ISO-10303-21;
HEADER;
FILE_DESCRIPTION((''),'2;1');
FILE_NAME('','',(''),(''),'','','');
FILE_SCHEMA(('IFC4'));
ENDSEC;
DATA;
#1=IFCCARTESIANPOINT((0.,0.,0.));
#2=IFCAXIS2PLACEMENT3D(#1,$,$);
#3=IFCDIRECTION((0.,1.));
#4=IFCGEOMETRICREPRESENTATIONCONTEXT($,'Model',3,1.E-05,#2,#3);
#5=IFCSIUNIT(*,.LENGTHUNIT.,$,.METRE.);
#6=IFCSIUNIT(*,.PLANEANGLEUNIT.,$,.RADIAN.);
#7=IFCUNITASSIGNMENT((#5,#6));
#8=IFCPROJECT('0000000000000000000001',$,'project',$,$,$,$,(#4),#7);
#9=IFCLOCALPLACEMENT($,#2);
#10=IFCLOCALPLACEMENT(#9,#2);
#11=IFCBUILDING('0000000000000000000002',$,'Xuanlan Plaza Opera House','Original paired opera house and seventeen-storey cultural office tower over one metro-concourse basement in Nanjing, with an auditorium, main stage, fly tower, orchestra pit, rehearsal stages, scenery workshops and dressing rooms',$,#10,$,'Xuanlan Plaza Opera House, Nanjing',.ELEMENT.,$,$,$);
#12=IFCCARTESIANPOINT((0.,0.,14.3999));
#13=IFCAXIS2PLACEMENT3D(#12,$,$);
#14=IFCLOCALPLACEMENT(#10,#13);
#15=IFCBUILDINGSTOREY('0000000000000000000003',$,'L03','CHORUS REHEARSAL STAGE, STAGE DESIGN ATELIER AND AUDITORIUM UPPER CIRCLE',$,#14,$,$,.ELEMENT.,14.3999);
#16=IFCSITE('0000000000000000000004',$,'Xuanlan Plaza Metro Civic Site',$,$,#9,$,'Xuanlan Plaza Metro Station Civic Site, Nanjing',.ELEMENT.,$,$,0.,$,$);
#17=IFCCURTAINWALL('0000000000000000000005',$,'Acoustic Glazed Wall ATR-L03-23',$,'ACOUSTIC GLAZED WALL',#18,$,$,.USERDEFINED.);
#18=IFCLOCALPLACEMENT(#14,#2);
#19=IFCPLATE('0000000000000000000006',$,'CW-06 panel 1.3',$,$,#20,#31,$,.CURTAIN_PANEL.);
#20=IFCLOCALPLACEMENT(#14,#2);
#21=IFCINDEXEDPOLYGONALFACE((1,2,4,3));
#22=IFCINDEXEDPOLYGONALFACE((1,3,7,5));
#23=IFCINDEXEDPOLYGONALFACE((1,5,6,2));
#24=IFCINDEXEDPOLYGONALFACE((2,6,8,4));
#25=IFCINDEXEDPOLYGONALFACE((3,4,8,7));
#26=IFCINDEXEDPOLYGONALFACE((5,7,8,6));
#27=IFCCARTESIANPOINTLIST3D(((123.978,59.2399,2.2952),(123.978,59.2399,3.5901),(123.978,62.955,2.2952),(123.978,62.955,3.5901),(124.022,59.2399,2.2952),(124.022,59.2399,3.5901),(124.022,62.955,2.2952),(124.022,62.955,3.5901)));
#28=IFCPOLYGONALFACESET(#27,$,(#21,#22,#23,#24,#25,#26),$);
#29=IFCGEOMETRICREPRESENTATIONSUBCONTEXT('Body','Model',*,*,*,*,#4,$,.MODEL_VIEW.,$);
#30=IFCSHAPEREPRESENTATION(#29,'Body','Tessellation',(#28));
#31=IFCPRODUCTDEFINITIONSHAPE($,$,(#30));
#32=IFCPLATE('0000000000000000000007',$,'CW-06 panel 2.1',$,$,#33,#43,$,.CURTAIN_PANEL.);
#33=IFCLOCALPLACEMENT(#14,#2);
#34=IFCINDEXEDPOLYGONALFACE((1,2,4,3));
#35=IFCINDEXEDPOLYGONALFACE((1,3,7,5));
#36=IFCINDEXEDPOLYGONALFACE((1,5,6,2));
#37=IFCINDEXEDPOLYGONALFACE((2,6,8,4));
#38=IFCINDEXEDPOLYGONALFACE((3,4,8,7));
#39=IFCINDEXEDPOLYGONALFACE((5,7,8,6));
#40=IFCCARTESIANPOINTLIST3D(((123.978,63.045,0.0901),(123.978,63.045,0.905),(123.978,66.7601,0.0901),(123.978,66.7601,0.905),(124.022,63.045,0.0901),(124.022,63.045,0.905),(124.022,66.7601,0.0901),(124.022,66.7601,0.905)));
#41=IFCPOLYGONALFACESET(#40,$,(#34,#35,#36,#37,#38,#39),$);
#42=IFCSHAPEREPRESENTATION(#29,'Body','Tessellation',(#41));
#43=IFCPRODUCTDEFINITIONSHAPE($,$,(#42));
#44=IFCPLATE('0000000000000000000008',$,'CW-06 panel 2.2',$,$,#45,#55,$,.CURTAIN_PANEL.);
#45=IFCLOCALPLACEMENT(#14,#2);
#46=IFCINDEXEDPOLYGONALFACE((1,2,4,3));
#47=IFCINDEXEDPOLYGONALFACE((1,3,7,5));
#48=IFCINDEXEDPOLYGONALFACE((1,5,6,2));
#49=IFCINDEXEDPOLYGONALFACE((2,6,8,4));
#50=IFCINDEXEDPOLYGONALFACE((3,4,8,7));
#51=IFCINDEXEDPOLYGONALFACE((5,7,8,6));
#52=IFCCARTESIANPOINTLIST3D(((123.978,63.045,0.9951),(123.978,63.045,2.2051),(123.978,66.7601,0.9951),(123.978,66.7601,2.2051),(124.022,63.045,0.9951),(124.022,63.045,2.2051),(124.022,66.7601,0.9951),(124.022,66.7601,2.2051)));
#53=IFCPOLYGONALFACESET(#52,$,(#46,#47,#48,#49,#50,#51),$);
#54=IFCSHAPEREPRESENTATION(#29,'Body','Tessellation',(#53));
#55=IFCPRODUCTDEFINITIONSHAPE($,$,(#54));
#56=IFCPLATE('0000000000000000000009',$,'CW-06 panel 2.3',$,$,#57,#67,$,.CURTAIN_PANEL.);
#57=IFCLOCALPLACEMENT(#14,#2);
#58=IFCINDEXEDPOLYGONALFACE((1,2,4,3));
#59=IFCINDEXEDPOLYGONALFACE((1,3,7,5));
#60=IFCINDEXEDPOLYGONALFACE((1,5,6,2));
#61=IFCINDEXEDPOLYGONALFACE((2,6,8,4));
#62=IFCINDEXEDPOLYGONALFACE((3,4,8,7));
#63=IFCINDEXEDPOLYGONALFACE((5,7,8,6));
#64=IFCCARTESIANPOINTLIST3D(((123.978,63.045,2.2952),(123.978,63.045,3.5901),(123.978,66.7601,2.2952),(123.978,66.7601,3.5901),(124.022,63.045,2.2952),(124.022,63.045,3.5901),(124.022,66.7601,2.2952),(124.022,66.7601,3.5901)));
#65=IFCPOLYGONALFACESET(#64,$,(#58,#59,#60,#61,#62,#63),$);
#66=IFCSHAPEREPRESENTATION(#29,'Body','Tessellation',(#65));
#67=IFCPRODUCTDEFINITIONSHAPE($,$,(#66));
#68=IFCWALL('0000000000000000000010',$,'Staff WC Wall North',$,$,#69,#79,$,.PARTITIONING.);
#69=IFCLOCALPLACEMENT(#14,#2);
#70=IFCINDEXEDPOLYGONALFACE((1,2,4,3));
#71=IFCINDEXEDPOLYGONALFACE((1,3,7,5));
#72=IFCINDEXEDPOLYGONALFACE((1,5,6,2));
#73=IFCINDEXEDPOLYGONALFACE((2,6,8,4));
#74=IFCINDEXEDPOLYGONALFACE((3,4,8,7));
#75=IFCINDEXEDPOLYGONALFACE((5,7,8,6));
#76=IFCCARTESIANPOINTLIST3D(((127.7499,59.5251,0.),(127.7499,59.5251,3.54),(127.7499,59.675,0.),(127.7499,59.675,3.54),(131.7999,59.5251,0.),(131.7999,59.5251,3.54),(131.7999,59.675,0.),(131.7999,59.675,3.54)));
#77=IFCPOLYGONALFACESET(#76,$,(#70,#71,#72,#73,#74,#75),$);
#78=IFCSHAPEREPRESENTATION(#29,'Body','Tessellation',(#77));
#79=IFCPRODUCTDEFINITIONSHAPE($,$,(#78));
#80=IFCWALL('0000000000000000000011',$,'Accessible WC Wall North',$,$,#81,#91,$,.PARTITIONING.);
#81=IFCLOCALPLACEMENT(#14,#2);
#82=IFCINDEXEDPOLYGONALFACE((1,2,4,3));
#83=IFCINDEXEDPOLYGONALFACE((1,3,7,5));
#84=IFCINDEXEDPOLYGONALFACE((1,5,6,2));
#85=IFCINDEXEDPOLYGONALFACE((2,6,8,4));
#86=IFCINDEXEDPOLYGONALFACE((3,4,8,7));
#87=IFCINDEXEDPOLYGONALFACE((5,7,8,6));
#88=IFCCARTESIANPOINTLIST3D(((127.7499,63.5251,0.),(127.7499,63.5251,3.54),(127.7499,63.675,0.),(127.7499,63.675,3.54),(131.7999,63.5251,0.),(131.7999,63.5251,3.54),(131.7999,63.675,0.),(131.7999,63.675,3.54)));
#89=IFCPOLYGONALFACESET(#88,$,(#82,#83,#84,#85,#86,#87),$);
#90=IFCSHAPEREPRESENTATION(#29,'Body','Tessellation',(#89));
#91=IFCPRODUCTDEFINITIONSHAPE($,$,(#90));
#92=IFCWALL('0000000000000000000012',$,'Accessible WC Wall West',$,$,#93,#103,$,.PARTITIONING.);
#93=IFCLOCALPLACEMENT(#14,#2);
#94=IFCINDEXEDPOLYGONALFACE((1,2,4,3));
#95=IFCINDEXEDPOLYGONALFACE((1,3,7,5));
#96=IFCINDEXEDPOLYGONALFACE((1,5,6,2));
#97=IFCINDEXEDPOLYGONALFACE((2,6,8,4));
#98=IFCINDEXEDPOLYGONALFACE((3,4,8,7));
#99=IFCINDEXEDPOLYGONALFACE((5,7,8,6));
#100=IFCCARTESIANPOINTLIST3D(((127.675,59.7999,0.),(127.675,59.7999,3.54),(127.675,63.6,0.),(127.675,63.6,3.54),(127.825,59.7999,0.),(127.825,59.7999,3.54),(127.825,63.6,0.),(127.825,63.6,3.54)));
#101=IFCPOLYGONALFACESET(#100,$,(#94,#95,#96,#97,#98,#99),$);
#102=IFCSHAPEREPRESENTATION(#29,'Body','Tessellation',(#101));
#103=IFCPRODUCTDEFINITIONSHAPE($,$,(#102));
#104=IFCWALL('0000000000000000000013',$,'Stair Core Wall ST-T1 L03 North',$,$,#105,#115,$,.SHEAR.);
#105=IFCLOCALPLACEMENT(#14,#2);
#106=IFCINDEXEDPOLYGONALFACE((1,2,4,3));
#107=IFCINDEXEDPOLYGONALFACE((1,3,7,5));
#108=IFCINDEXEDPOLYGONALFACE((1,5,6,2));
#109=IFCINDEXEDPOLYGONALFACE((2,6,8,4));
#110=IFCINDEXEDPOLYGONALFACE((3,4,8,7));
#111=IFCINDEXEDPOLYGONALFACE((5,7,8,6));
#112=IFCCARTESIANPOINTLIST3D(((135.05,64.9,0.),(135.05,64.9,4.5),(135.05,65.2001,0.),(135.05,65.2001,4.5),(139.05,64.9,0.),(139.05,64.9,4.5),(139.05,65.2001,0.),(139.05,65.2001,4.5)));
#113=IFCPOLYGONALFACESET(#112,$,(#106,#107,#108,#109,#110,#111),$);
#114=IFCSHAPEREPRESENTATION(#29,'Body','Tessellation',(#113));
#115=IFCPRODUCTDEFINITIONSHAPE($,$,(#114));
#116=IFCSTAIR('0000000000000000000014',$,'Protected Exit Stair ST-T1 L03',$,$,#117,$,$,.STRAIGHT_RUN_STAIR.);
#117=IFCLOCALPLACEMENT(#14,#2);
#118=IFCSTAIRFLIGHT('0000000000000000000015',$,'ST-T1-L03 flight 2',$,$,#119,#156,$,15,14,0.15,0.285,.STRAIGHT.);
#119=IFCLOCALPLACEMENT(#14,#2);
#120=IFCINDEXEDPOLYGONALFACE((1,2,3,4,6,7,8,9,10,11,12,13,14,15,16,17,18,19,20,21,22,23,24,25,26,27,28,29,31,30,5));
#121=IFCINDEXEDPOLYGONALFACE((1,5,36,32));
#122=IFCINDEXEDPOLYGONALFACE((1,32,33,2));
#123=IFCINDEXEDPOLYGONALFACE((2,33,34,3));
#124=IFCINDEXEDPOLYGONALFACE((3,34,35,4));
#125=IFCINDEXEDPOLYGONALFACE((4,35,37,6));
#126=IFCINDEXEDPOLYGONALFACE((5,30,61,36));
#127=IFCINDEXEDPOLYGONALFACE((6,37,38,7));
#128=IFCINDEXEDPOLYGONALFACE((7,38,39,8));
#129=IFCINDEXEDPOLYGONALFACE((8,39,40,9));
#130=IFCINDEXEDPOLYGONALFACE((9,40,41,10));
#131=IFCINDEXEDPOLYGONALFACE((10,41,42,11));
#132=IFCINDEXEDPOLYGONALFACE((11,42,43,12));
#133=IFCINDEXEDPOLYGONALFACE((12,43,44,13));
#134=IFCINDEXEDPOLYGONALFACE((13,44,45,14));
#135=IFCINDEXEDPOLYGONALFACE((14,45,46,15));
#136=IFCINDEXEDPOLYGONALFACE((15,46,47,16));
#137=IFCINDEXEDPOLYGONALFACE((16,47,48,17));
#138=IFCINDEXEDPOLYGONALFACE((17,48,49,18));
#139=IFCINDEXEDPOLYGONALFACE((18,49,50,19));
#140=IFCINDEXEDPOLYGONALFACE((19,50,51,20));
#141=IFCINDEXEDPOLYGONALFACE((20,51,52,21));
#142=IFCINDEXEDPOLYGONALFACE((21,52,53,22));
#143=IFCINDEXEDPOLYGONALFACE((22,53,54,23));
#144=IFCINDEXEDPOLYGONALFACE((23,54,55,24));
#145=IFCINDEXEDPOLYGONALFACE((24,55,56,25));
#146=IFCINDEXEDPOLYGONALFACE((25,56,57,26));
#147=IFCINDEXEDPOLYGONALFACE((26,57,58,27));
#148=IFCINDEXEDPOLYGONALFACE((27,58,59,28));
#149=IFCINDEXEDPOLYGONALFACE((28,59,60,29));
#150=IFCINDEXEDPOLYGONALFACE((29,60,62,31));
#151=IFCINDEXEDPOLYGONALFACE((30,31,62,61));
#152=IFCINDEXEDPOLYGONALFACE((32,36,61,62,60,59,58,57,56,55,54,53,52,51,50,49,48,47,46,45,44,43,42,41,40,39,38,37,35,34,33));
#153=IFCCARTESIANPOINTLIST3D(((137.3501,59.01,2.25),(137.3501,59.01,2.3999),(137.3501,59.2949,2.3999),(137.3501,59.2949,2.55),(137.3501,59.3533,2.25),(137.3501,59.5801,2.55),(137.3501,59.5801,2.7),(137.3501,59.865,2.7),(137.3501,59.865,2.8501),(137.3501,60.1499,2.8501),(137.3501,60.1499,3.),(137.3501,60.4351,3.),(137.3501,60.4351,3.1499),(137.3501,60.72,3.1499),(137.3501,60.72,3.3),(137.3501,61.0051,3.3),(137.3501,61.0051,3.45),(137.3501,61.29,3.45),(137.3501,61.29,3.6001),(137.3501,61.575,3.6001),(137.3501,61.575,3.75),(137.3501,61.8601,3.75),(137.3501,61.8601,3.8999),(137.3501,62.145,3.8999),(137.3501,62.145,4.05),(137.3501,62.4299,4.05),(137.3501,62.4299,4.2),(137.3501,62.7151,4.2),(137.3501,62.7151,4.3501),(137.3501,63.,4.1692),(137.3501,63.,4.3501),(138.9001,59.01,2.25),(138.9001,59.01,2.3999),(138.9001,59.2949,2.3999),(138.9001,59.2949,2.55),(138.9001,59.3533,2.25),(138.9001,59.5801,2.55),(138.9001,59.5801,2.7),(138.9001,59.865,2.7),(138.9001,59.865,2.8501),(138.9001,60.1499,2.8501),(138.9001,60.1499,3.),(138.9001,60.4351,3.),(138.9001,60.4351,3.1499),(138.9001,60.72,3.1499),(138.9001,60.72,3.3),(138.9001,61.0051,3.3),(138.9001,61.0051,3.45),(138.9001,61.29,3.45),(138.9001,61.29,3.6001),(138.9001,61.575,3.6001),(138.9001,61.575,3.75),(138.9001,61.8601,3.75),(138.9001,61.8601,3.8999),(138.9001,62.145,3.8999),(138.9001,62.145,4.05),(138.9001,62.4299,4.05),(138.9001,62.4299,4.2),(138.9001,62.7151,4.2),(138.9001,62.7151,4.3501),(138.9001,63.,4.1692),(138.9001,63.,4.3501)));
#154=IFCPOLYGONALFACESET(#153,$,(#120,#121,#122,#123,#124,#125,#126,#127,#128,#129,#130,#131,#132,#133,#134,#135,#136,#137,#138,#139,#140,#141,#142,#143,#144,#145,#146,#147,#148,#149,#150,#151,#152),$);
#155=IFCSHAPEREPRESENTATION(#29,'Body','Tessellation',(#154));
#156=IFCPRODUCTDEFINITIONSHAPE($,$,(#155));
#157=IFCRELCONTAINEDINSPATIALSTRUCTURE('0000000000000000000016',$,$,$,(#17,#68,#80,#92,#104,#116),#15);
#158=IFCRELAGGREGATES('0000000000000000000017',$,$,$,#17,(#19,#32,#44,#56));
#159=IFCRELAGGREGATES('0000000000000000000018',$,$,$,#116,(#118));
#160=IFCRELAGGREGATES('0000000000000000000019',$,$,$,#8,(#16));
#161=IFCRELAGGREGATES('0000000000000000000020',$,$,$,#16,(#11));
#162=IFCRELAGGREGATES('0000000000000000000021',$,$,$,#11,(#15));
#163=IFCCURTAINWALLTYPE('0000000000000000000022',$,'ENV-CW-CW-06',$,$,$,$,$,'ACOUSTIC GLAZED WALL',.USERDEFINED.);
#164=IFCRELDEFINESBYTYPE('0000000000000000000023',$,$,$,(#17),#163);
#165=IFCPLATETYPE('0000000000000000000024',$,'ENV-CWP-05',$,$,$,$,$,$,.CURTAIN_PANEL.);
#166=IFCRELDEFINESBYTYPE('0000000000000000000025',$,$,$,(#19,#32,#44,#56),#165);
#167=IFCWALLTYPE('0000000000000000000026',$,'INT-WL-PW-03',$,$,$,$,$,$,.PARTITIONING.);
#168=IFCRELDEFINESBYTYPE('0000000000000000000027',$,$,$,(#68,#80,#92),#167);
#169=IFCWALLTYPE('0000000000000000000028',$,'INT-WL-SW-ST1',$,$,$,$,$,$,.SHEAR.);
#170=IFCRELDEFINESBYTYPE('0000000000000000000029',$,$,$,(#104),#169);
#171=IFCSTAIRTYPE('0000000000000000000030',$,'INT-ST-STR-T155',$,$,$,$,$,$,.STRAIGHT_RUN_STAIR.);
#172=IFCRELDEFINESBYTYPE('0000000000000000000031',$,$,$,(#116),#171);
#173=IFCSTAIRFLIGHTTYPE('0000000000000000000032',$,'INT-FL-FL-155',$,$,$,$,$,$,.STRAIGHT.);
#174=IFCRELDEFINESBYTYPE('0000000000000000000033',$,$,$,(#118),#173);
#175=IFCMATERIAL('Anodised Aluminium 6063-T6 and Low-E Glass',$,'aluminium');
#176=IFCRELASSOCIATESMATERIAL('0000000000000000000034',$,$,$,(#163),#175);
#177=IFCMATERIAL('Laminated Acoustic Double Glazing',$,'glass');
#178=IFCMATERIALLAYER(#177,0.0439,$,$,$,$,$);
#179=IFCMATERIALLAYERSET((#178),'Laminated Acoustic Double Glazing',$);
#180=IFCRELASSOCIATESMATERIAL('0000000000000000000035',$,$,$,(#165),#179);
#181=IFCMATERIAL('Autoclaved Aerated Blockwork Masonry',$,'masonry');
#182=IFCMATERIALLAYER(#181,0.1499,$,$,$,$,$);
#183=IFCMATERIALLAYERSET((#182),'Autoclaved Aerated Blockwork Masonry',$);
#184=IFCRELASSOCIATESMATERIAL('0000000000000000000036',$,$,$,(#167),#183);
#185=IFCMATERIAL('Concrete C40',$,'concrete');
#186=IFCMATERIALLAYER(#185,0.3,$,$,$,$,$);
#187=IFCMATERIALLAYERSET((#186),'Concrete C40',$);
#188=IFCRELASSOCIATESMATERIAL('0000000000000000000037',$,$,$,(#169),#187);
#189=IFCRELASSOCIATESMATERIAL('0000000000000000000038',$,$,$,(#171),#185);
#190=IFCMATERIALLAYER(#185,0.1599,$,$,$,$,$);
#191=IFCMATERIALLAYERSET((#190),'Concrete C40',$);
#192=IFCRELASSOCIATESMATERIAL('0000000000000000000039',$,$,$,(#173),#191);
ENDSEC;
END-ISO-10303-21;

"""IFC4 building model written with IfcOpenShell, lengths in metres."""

from ifc_helpers import new_model, si_unit, direction, frame, frame_2d, origin, origin_2d, place, context, subcontext, project, spatial, polyline, rectangle, outline, extrude, material, layer, layer_set, type_object, element, aggregate, save


model = new_model("IFC4")

# Units and contexts
model_context = context("Model", 3, precision=1e-05, world=origin(), true_north=direction((0.0, 1.0)))
body_context = subcontext(model_context, "Body", "Model", "MODEL_VIEW")
ifc_project = project(units=[si_unit("LENGTHUNIT", "METRE"), si_unit("PLANEANGLEUNIT", "RADIAN")], contexts=[model_context])

# Site, building, storey
site_placement = place(None, origin())
site = spatial("IfcSite", under=ifc_project, at=site_placement, Name="Xuanlan Plaza Metro Civic Site", LongName="Xuanlan Plaza Metro Station Civic Site, Nanjing", CompositionType="ELEMENT", RefElevation=0.0)
building_placement = place(site_placement, origin())
building = spatial("IfcBuilding", under=site, at=building_placement, Name="Xuanlan Plaza Opera House", Description="Original paired opera house and seventeen-storey cultural office tower over one metro-concourse basement in Nanjing, with an auditorium, main stage, fly tower, orchestra pit, rehearsal stages, scenery workshops and dressing rooms", LongName="Xuanlan Plaza Opera House, Nanjing", CompositionType="ELEMENT")
storey_placement = place(building_placement, frame((0.0, 0.0, 14.3999)))
storey = spatial("IfcBuildingStorey", under=building, at=storey_placement, Name="L03", Description="CHORUS REHEARSAL STAGE, STAGE DESIGN ATELIER AND AUDITORIUM UPPER CIRCLE", CompositionType="ELEMENT", Elevation=14.3999)

# Curtain wall
ifc_material_1 = material(Name="Anodised Aluminium 6063-T6 and Low-E Glass", Category="aluminium")
curtain_wall_type = type_object("IfcCurtainWallType", Name="ENV-CW-CW-06", ElementType="ACOUSTIC GLAZED WALL", PredefinedType="USERDEFINED", material=ifc_material_1)
curtain_wall_placement = place(storey_placement, origin())
curtain_wall = element("IfcCurtainWall", 1, at=curtain_wall_placement, inside=storey, type_object=curtain_wall_type, Name="Acoustic Glazed Wall ATR-L03-23", ObjectType="ACOUSTIC GLAZED WALL", PredefinedType="USERDEFINED")

# Shared definitions
ifc_material_2 = material(Name="Concrete C40", Category="concrete")

# Plates
ifc_material_3 = material(Name="Laminated Acoustic Double Glazing", Category="glass")
ifc_layer_1 = layer(ifc_material_3, 0.0439)
ifc_layer_set_1 = layer_set([ifc_layer_1], Name="Laminated Acoustic Double Glazing")
plate_type = type_object("IfcPlateType", Name="ENV-CWP-05", PredefinedType="CURTAIN_PANEL", material=ifc_layer_set_1)
plate_1_placement = place(storey_placement, frame((124.0, 61.0974, 2.2952), z_axis=(0.0, 0.0, 1.0), x_axis=(0.0, 1.0, 0.0)))
plate_1 = element("IfcPlate", 2, at=plate_1_placement, type_object=plate_type, Name="CW-06 panel 1.3", PredefinedType="CURTAIN_PANEL", context=body_context, shape_type="SweptSolid", body=[
    extrude(rectangle(XDim=3.7151, YDim=0.0439, at=origin_2d()), origin(), (0.0, 0.0, 1.0), 1.2949),
])
plate_2_placement = place(storey_placement, frame((124.0, 64.9026, 0.0901), z_axis=(0.0, 0.0, 1.0), x_axis=(0.0, 1.0, 0.0)))
plate_2 = element("IfcPlate", 3, at=plate_2_placement, type_object=plate_type, Name="CW-06 panel 2.1", PredefinedType="CURTAIN_PANEL", context=body_context, shape_type="SweptSolid", body=[
    extrude(rectangle(XDim=3.7151, YDim=0.0439, at=origin_2d()), origin(), (0.0, 0.0, 1.0), 0.8149),
])
plate_3_placement = place(storey_placement, frame((124.0, 64.9026, 0.9951), z_axis=(0.0, 0.0, 1.0), x_axis=(0.0, 1.0, 0.0)))
plate_3 = element("IfcPlate", 4, at=plate_3_placement, type_object=plate_type, Name="CW-06 panel 2.2", PredefinedType="CURTAIN_PANEL", context=body_context, shape_type="SweptSolid", body=[
    extrude(rectangle(XDim=3.7151, YDim=0.0439, at=origin_2d()), origin(), (0.0, 0.0, 1.0), 1.21),
])
plate_4_placement = place(storey_placement, frame((124.0, 64.9026, 2.2952), z_axis=(0.0, 0.0, 1.0), x_axis=(0.0, 1.0, 0.0)))
plate_4 = element("IfcPlate", 5, at=plate_4_placement, type_object=plate_type, Name="CW-06 panel 2.3", PredefinedType="CURTAIN_PANEL", context=body_context, shape_type="SweptSolid", body=[
    extrude(rectangle(XDim=3.7151, YDim=0.0439, at=origin_2d()), origin(), (0.0, 0.0, 1.0), 1.2949),
])
aggregate(curtain_wall, [plate_1, plate_2, plate_3, plate_4])

# Walls
ifc_material_4 = material(Name="Autoclaved Aerated Blockwork Masonry", Category="masonry")
ifc_layer_2 = layer(ifc_material_4, 0.1499)
ifc_layer_set_2 = layer_set([ifc_layer_2], Name="Autoclaved Aerated Blockwork Masonry")
wall_type_1 = type_object("IfcWallType", Name="INT-WL-PW-03", PredefinedType="PARTITIONING", material=ifc_layer_set_2)
for number, where, z_axis, x_axis, name in (
    (6, (127.75, 59.6001, 0.0), (0.0, 0.0, 1.0), (1.0, 0.0, 0.0), "Staff WC Wall North"),
    (7, (127.75, 63.6001, 0.0), (0.0, 0.0, 1.0), (1.0, 0.0, 0.0), "Accessible WC Wall North"),
):
    element("IfcWall", number, at=place(storey_placement, frame(where, z_axis=z_axis, x_axis=x_axis)), inside=storey, type_object=wall_type_1, Name=name, PredefinedType="PARTITIONING", context=body_context, shape_type="SweptSolid", body=[
        extrude(rectangle(XDim=4.05, YDim=0.1499, at=frame_2d((2.0249, 0.0))), origin(), (0.0, 0.0, 1.0), 3.54),
    ])
wall_1_placement = place(storey_placement, frame((127.75, 59.8, 0.0), z_axis=(0.0, 0.0, 1.0), x_axis=(0.0, 1.0, 0.0)))
element("IfcWall", 8, at=wall_1_placement, inside=storey, type_object=wall_type_1, Name="Accessible WC Wall West", PredefinedType="PARTITIONING", context=body_context, shape_type="SweptSolid", body=[
    extrude(rectangle(XDim=3.8, YDim=0.1499, at=frame_2d((1.8999, 0.0))), origin(), (0.0, 0.0, 1.0), 3.54),
])

# Wall
ifc_layer_3 = layer(ifc_material_2, 0.3)
ifc_layer_set_3 = layer_set([ifc_layer_3], Name="Concrete C40")
wall_type_2 = type_object("IfcWallType", Name="INT-WL-SW-ST1", PredefinedType="SHEAR", material=ifc_layer_set_3)
wall_2_placement = place(storey_placement, frame((135.05, 65.05, 0.0), z_axis=(0.0, 0.0, 1.0), x_axis=(1.0, 0.0, 0.0)))
element("IfcWall", 9, at=wall_2_placement, inside=storey, type_object=wall_type_2, Name="Stair Core Wall ST-T1 L03 North", PredefinedType="SHEAR", context=body_context, shape_type="SweptSolid", body=[
    extrude(rectangle(XDim=4.0, YDim=0.3, at=frame_2d((2.0, 0.0))), origin(), (0.0, 0.0, 1.0), 4.5),
])

# Stair, stair flight
stair_type = type_object("IfcStairType", Name="INT-ST-STR-T155", PredefinedType="STRAIGHT_RUN_STAIR", material=ifc_material_2)
stair_placement = place(storey_placement, origin())
stair = element("IfcStair", 10, at=stair_placement, inside=storey, type_object=stair_type, Name="Protected Exit Stair ST-T1 L03", PredefinedType="STRAIGHT_RUN_STAIR")
ifc_layer_4 = layer(ifc_material_2, 0.1599)
ifc_layer_set_4 = layer_set([ifc_layer_4], Name="Concrete C40")
stair_flight_type = type_object("IfcStairFlightType", Name="INT-FL-FL-155", PredefinedType="STRAIGHT", material=ifc_layer_set_4)
stair_flight_placement = place(storey_placement, frame((138.125, 59.01, 2.25), z_axis=(0.0, 0.0, 1.0), x_axis=(0.0, 1.0, 0.0)))
stair_flight = element("IfcStairFlight", 11, at=stair_flight_placement, type_object=stair_flight_type, Name="ST-T1-L03 flight 2", NumberOfRisers=15, NumberOfTreads=14, PredefinedType="STRAIGHT", RiserHeight=0.15, TreadLength=0.285, context=body_context, shape_type="SweptSolid", body=[
    extrude(outline(polyline([(0.0, 0.0), (0.0, 0.1499), (0.2849, 0.1499), (0.2849, 0.3), (0.5701, 0.3), (0.5701, 0.45), (0.855, 0.45), (0.855, 0.6001), (1.1399, 0.6001), (1.1399, 0.75), (1.425, 0.75), (1.425, 0.8999), (1.71, 0.8999), (1.71, 1.05), (1.9951, 1.05), (1.9951, 1.2), (2.28, 1.2), (2.28, 1.3501), (2.5649, 1.3501), (2.5649, 1.5), (2.8501, 1.5), (2.8501, 1.6499), (3.135, 1.6499), (3.135, 1.8), (3.4199, 1.8), (3.4199, 1.95), (3.7051, 1.95), (3.7051, 2.1001), (3.99, 2.1001), (3.99, 2.25), (3.99, 1.9192), (0.3433, 0.0), (0.0, 0.0)])), frame((0.0, 0.7749, 0.0), z_axis=(0.0, -1.0, 0.0), x_axis=(1.0, 0.0, 0.0)), (0.0, 0.0, 1.0), 1.55),
])
aggregate(stair, [stair_flight])

save(model, "model.ifc")
